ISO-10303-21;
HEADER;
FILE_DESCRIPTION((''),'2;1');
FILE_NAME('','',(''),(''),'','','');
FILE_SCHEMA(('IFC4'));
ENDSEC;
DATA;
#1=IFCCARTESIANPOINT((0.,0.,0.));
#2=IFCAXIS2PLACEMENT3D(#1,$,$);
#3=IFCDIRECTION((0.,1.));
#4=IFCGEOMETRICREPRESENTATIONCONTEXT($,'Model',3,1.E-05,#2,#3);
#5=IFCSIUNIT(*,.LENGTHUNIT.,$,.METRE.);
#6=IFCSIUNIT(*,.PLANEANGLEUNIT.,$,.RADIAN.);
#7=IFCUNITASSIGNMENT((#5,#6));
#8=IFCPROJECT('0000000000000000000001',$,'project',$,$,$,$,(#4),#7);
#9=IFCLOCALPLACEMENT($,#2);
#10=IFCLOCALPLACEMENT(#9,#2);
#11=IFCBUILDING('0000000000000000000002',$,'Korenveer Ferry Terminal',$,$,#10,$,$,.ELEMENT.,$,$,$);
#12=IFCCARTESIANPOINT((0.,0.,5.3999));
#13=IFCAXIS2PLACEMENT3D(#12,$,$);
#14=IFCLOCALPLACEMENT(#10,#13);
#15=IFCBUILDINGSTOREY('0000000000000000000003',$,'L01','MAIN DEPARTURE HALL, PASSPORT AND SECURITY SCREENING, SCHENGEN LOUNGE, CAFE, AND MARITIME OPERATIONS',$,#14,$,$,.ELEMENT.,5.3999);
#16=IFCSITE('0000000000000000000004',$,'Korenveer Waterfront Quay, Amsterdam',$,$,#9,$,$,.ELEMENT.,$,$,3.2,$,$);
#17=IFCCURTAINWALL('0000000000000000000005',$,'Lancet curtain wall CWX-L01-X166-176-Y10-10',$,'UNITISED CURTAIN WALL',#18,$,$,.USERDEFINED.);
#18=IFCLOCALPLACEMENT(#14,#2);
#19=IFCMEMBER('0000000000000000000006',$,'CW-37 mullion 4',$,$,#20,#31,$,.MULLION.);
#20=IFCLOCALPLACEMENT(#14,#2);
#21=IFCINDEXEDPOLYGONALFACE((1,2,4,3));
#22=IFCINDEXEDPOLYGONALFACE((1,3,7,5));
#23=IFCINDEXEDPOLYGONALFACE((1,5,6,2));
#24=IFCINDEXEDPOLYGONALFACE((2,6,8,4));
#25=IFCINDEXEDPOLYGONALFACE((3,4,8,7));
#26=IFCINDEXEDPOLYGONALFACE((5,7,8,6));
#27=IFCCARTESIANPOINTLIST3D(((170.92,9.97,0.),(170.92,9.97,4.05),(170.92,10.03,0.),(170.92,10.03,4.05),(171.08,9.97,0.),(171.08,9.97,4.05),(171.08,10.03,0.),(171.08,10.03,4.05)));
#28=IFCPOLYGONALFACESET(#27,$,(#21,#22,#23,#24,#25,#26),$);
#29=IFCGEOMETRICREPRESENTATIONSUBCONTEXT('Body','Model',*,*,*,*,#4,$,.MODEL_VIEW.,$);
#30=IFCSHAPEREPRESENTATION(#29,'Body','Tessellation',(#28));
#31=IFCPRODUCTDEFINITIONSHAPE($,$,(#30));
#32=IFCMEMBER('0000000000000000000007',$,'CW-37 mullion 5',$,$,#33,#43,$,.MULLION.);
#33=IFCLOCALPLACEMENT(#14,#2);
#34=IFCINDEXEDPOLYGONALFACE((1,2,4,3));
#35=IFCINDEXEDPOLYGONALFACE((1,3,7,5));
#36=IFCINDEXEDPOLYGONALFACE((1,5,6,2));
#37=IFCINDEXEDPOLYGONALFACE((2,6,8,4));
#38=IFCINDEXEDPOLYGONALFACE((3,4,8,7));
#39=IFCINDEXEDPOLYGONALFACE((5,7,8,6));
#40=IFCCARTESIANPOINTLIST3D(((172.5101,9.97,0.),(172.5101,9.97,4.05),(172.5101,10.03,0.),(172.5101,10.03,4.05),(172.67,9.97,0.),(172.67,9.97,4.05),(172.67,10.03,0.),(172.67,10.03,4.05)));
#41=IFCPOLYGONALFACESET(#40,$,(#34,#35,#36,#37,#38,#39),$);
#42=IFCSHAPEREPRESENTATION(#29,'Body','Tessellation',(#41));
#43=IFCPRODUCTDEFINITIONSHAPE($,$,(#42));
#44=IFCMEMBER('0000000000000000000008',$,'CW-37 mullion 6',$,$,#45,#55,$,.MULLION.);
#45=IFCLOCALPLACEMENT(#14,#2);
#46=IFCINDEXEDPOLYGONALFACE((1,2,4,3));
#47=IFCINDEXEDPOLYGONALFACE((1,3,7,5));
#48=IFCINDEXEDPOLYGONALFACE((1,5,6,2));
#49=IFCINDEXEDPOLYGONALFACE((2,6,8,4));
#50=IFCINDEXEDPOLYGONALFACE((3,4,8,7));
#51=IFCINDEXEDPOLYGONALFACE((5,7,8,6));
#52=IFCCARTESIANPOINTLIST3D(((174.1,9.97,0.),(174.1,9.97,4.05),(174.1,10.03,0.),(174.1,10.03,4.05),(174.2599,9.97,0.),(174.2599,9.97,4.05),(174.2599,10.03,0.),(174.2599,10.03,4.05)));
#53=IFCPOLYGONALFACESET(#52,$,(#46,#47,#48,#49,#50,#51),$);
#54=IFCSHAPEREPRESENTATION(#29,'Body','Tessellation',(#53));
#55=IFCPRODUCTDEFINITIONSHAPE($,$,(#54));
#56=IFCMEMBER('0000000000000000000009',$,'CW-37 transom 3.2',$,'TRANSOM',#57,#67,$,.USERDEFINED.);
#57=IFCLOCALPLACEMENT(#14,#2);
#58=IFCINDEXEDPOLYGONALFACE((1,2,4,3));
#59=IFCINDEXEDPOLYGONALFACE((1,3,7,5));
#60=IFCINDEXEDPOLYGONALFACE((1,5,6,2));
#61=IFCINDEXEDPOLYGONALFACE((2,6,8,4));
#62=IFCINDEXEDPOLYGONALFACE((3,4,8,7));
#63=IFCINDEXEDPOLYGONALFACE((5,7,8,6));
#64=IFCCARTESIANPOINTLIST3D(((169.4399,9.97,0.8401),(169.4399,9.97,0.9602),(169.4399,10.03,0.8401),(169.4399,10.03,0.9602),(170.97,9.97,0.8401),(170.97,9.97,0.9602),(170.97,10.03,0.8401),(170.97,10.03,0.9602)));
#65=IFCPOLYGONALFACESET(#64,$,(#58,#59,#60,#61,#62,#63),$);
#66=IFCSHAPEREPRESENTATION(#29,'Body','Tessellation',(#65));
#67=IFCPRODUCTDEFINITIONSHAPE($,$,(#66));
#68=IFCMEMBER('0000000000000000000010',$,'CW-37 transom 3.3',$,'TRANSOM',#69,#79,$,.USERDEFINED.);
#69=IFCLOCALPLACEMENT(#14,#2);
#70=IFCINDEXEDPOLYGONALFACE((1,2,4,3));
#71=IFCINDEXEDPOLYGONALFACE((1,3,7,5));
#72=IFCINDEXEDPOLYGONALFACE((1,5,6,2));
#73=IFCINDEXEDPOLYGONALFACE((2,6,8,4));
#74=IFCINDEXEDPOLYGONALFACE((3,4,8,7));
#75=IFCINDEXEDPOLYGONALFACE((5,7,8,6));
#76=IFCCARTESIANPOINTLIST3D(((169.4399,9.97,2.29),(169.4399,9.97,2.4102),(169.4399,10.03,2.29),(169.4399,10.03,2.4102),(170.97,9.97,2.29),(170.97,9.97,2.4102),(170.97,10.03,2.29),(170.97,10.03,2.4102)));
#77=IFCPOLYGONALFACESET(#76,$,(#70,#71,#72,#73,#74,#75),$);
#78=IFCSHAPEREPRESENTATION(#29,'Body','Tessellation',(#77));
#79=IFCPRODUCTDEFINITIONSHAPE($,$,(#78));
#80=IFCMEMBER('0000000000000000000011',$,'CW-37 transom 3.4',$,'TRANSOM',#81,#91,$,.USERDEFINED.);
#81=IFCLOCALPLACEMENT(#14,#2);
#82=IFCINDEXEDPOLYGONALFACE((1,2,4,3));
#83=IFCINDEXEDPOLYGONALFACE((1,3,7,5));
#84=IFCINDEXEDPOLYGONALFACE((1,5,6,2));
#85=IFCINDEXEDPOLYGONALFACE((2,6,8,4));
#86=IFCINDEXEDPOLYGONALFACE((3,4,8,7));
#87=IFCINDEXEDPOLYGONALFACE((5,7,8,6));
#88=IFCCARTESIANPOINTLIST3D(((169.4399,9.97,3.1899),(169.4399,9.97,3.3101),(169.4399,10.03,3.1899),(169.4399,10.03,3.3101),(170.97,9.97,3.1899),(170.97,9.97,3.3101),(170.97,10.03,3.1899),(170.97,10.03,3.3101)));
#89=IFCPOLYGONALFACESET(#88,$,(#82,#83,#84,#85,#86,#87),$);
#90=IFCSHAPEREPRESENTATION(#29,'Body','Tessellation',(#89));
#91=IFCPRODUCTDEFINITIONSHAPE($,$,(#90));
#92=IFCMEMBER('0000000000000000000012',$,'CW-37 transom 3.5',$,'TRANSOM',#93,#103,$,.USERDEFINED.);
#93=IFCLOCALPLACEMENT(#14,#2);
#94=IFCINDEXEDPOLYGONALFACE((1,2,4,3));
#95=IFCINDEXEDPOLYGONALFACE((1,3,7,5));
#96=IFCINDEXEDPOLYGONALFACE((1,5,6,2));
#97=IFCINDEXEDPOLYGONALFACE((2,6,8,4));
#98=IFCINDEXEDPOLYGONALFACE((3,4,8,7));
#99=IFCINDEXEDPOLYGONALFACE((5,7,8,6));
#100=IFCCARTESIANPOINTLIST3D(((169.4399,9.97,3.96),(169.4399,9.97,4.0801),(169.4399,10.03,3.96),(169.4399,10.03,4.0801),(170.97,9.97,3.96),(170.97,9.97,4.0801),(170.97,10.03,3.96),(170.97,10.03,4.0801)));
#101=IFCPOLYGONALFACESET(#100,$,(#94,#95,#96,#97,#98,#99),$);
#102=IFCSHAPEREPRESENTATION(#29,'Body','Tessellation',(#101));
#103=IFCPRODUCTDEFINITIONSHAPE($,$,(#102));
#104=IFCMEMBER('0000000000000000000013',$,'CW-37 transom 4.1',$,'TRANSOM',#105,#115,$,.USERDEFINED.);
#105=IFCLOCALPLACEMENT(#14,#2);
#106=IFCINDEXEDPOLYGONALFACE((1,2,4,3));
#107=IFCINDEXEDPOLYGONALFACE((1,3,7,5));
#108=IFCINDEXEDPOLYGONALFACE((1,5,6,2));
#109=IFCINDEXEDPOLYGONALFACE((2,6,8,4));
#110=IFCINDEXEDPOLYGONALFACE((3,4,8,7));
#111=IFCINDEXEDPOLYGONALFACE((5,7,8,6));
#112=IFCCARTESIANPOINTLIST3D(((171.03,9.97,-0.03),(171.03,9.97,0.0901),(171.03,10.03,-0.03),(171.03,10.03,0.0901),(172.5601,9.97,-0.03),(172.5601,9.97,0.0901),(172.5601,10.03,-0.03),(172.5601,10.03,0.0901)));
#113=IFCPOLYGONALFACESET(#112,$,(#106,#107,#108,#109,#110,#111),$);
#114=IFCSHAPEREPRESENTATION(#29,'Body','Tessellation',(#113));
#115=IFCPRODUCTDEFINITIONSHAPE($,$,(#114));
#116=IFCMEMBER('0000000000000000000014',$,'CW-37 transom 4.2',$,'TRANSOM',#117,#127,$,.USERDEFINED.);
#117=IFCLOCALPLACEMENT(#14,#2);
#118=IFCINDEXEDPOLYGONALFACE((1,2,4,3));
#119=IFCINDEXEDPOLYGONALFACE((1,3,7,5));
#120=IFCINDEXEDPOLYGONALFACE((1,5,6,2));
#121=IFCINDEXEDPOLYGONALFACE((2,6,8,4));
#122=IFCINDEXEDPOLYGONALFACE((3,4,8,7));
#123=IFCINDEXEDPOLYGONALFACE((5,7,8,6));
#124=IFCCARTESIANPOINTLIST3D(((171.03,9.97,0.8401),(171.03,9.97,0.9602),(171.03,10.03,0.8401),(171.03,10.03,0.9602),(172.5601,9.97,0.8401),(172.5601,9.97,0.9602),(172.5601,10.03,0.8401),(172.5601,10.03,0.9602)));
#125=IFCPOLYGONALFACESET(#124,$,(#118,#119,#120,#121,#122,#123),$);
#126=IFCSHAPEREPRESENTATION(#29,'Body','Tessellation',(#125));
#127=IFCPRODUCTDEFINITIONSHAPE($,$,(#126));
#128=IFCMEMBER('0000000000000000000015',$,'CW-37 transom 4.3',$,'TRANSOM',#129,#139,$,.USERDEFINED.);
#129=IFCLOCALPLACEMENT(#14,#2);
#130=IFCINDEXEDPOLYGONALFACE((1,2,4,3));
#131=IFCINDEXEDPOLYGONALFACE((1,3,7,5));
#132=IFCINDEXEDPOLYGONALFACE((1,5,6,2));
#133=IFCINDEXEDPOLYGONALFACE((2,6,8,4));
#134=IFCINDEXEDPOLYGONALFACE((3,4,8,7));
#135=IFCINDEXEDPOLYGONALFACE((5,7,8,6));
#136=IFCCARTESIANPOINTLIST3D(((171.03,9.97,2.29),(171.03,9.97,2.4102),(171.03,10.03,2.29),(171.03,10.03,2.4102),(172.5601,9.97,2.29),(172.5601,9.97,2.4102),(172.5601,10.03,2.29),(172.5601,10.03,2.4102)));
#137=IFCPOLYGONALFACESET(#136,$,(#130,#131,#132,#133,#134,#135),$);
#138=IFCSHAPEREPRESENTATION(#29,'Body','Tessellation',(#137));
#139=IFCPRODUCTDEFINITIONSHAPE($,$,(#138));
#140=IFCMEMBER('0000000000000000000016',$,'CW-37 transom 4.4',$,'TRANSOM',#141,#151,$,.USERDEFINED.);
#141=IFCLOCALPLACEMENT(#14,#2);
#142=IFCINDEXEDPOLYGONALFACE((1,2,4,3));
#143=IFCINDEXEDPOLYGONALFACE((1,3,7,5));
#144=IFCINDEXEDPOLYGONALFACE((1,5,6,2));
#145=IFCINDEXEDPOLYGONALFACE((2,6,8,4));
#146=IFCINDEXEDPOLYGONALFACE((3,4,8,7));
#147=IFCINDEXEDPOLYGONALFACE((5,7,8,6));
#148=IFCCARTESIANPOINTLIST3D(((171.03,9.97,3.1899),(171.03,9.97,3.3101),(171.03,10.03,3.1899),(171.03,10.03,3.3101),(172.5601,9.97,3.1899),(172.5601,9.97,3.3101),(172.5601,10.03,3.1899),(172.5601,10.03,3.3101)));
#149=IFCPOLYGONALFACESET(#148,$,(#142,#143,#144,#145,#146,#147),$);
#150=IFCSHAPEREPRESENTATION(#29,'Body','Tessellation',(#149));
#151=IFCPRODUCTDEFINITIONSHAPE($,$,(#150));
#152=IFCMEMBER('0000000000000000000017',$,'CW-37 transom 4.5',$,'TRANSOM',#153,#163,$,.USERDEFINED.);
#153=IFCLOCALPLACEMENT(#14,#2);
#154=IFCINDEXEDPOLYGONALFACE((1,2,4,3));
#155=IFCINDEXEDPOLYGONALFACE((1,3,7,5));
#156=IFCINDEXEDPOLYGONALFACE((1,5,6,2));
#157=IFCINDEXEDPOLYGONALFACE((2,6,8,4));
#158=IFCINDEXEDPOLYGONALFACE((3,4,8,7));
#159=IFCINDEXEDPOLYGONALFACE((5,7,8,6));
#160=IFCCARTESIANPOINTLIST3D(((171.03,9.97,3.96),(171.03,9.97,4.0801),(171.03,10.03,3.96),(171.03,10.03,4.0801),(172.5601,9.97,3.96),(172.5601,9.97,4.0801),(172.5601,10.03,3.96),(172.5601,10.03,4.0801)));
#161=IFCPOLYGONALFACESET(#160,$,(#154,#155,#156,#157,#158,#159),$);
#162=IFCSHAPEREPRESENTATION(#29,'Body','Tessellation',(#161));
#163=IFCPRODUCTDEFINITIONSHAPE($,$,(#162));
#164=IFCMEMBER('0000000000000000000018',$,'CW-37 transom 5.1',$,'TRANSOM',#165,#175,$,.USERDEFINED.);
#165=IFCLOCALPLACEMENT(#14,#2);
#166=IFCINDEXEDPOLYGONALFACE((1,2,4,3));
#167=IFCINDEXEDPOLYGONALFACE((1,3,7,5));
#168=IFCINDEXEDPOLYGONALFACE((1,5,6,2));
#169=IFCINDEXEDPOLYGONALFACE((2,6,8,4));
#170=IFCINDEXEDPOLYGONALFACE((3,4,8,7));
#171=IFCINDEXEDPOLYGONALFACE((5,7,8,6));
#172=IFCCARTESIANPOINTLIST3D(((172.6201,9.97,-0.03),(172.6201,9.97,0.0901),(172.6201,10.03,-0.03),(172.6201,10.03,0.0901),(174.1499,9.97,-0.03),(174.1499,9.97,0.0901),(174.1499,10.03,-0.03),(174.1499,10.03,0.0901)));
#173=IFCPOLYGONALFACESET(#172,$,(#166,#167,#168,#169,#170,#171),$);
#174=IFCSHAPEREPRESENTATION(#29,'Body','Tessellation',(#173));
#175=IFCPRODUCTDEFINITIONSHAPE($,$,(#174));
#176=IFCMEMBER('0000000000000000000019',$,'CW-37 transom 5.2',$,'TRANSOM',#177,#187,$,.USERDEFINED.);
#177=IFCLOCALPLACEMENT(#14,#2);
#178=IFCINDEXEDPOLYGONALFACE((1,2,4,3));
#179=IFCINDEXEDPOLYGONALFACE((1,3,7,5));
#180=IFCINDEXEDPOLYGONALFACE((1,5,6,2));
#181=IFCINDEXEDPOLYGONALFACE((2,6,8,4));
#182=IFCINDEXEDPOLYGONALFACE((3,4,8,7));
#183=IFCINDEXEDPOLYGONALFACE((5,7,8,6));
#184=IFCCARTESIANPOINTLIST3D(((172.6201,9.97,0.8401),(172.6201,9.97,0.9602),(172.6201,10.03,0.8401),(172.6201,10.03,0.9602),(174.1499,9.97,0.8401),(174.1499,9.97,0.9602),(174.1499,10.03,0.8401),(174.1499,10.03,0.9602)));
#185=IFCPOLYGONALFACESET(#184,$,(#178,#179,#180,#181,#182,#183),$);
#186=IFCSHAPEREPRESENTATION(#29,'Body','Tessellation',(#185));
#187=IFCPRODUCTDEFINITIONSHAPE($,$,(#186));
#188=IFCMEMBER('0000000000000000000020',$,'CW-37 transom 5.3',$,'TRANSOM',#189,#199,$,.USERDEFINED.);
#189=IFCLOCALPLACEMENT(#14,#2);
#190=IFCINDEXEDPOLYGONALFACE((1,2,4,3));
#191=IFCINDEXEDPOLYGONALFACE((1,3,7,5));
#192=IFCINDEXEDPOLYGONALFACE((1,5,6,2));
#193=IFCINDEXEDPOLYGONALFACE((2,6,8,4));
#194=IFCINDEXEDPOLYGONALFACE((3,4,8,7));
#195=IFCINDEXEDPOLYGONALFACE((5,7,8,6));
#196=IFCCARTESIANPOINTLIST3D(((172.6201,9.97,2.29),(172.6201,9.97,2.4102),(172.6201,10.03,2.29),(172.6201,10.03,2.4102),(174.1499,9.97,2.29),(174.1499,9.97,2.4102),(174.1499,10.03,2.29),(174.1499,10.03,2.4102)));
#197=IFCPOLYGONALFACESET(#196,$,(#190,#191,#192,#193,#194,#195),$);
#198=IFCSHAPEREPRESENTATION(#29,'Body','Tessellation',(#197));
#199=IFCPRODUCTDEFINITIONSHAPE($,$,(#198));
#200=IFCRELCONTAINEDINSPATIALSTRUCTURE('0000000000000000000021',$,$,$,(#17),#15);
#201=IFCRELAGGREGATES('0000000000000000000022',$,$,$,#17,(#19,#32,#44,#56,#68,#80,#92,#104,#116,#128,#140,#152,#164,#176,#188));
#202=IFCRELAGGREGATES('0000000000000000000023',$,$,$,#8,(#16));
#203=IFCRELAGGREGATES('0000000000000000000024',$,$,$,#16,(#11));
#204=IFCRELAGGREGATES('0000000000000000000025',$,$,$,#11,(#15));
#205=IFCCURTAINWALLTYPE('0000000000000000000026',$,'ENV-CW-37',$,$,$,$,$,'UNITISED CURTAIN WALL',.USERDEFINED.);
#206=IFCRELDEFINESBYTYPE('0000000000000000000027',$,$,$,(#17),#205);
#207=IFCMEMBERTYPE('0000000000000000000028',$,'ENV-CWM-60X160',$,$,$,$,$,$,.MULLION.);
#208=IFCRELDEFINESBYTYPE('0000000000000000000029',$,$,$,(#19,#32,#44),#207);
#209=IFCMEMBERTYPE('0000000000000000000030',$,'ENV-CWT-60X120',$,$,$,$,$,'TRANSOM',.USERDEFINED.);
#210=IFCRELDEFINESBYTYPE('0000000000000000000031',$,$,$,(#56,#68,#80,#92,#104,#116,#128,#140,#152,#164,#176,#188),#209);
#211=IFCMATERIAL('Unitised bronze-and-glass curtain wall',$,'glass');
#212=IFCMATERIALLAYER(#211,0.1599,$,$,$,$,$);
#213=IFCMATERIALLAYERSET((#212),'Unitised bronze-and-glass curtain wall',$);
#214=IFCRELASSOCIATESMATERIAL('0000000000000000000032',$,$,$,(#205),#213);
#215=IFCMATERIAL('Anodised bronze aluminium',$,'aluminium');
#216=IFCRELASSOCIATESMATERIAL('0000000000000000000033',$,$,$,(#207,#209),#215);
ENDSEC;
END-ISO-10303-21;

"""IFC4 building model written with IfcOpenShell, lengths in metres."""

from ifc_helpers import new_model, si_unit, direction, frame, origin, origin_2d, place, context, subcontext, project, spatial, rectangle, extrude, material, layer, layer_set, material_profile, profile_set, type_object, element, aggregate, save


model = new_model("IFC4")

# Units and contexts
model_context = context("Model", 3, precision=1e-05, world=origin(), true_north=direction((0.0, 1.0)))
body_context = subcontext(model_context, "Body", "Model", "MODEL_VIEW")
ifc_project = project(units=[si_unit("LENGTHUNIT", "METRE"), si_unit("PLANEANGLEUNIT", "RADIAN")], contexts=[model_context])

# Site, building, storey
site_placement = place(None, origin())
site = spatial("IfcSite", under=ifc_project, at=site_placement, Name="Korenveer Waterfront Quay, Amsterdam", CompositionType="ELEMENT", RefElevation=3.2)
building_placement = place(site_placement, origin())
building = spatial("IfcBuilding", under=site, at=building_placement, Name="Korenveer Ferry Terminal", CompositionType="ELEMENT")
storey_placement = place(building_placement, frame((0.0, 0.0, 5.3999)))
storey = spatial("IfcBuildingStorey", under=building, at=storey_placement, Name="L01", Description="MAIN DEPARTURE HALL, PASSPORT AND SECURITY SCREENING, SCHENGEN LOUNGE, CAFE, AND MARITIME OPERATIONS", CompositionType="ELEMENT", Elevation=5.3999)

# Curtain wall, members
ifc_material_1 = material(Name="Unitised bronze-and-glass curtain wall", Category="glass")
ifc_layer_1 = layer(ifc_material_1, 0.1599)
ifc_layer_set_1 = layer_set([ifc_layer_1], Name="Unitised bronze-and-glass curtain wall")
curtain_wall_type = type_object("IfcCurtainWallType", Name="ENV-CW-37", ElementType="UNITISED CURTAIN WALL", PredefinedType="USERDEFINED", material=ifc_layer_set_1)
curtain_wall_placement = place(storey_placement, frame((166.23, 10.0, 0.0)))
curtain_wall = element("IfcCurtainWall", 1, at=curtain_wall_placement, inside=storey, type_object=curtain_wall_type, Name="Lancet curtain wall CWX-L01-X166-176-Y10-10", ObjectType="UNITISED CURTAIN WALL", PredefinedType="USERDEFINED")
ifc_material_2 = material(Name="Anodised bronze aluminium", Category="aluminium")
ifc_material_profile_1 = material_profile(ifc_material_2, rectangle(XDim=0.0601, YDim=0.1599, at=origin_2d()), Name="ALU 60x160")
ifc_profile_set_1 = profile_set([ifc_material_profile_1], Name="Anodised bronze aluminium")
member_type_1 = type_object("IfcMemberType", Name="ENV-CWM-60X160", PredefinedType="MULLION", material=ifc_profile_set_1)
member_1_placement = place(storey_placement, frame((171.0, 10.0, 0.0), z_axis=(0.0, 0.0, 1.0), x_axis=(0.0, 1.0, 0.0)))
member_1 = element("IfcMember", 2, at=member_1_placement, type_object=member_type_1, Name="CW-37 mullion 4", PredefinedType="MULLION", context=body_context, shape_type="SweptSolid", body=[
    extrude(rectangle(XDim=0.0601, YDim=0.1599, at=origin_2d()), origin(), (0.0, 0.0, 1.0), 4.05),
])
member_2_placement = place(storey_placement, frame((172.5901, 10.0, 0.0), z_axis=(0.0, 0.0, 1.0), x_axis=(0.0, 1.0, 0.0)))
member_2 = element("IfcMember", 3, at=member_2_placement, type_object=member_type_1, Name="CW-37 mullion 5", PredefinedType="MULLION", context=body_context, shape_type="SweptSolid", body=[
    extrude(rectangle(XDim=0.0601, YDim=0.1599, at=origin_2d()), origin(), (0.0, 0.0, 1.0), 4.05),
])
member_3_placement = place(storey_placement, frame((174.1799, 10.0, 0.0), z_axis=(0.0, 0.0, 1.0), x_axis=(0.0, 1.0, 0.0)))
member_3 = element("IfcMember", 4, at=member_3_placement, type_object=member_type_1, Name="CW-37 mullion 6", PredefinedType="MULLION", context=body_context, shape_type="SweptSolid", body=[
    extrude(rectangle(XDim=0.0601, YDim=0.1599, at=origin_2d()), origin(), (0.0, 0.0, 1.0), 4.05),
])
ifc_material_profile_2 = material_profile(ifc_material_2, rectangle(XDim=0.0601, YDim=0.1201, at=origin_2d()), Name="ALU 60x120")
ifc_profile_set_2 = profile_set([ifc_material_profile_2], Name="Anodised bronze aluminium")
member_type_2 = type_object("IfcMemberType", Name="ENV-CWT-60X120", ElementType="TRANSOM", PredefinedType="USERDEFINED", material=ifc_profile_set_2)
member_4_placement = place(storey_placement, frame((169.4399, 10.0, 0.9001), z_axis=(1.0, 0.0, 0.0), x_axis=(0.0, 1.0, 0.0)))
member_4 = element("IfcMember", 5, at=member_4_placement, type_object=member_type_2, Name="CW-37 transom 3.2", ObjectType="TRANSOM", PredefinedType="USERDEFINED", context=body_context, shape_type="SweptSolid", body=[
    extrude(rectangle(XDim=0.0601, YDim=0.1201, at=origin_2d()), origin(), (0.0, 0.0, 1.0), 1.53),
])
member_5_placement = place(storey_placement, frame((169.4399, 10.0, 2.3501), z_axis=(1.0, 0.0, 0.0), x_axis=(0.0, 1.0, 0.0)))
member_5 = element("IfcMember", 6, at=member_5_placement, type_object=member_type_2, Name="CW-37 transom 3.3", ObjectType="TRANSOM", PredefinedType="USERDEFINED", context=body_context, shape_type="SweptSolid", body=[
    extrude(rectangle(XDim=0.0601, YDim=0.1201, at=origin_2d()), origin(), (0.0, 0.0, 1.0), 1.53),
])
member_6_placement = place(storey_placement, frame((169.4399, 10.0, 3.25), z_axis=(1.0, 0.0, 0.0), x_axis=(0.0, 1.0, 0.0)))
member_6 = element("IfcMember", 7, at=member_6_placement, type_object=member_type_2, Name="CW-37 transom 3.4", ObjectType="TRANSOM", PredefinedType="USERDEFINED", context=body_context, shape_type="SweptSolid", body=[
    extrude(rectangle(XDim=0.0601, YDim=0.1201, at=origin_2d()), origin(), (0.0, 0.0, 1.0), 1.53),
])
member_7_placement = place(storey_placement, frame((169.4399, 10.0, 4.02), z_axis=(1.0, 0.0, 0.0), x_axis=(0.0, 1.0, 0.0)))
member_7 = element("IfcMember", 8, at=member_7_placement, type_object=member_type_2, Name="CW-37 transom 3.5", ObjectType="TRANSOM", PredefinedType="USERDEFINED", context=body_context, shape_type="SweptSolid", body=[
    extrude(rectangle(XDim=0.0601, YDim=0.1201, at=origin_2d()), origin(), (0.0, 0.0, 1.0), 1.53),
])
member_8_placement = place(storey_placement, frame((171.03, 10.0, 0.03), z_axis=(1.0, 0.0, 0.0), x_axis=(0.0, 1.0, 0.0)))
member_8 = element("IfcMember", 9, at=member_8_placement, type_object=member_type_2, Name="CW-37 transom 4.1", ObjectType="TRANSOM", PredefinedType="USERDEFINED", context=body_context, shape_type="SweptSolid", body=[
    extrude(rectangle(XDim=0.0601, YDim=0.1201, at=origin_2d()), origin(), (0.0, 0.0, 1.0), 1.53),
])
member_9_placement = place(storey_placement, frame((171.03, 10.0, 0.9001), z_axis=(1.0, 0.0, 0.0), x_axis=(0.0, 1.0, 0.0)))
member_9 = element("IfcMember", 10, at=member_9_placement, type_object=member_type_2, Name="CW-37 transom 4.2", ObjectType="TRANSOM", PredefinedType="USERDEFINED", context=body_context, shape_type="SweptSolid", body=[
    extrude(rectangle(XDim=0.0601, YDim=0.1201, at=origin_2d()), origin(), (0.0, 0.0, 1.0), 1.53),
])
member_10_placement = place(storey_placement, frame((171.03, 10.0, 2.3501), z_axis=(1.0, 0.0, 0.0), x_axis=(0.0, 1.0, 0.0)))
member_10 = element("IfcMember", 11, at=member_10_placement, type_object=member_type_2, Name="CW-37 transom 4.3", ObjectType="TRANSOM", PredefinedType="USERDEFINED", context=body_context, shape_type="SweptSolid", body=[
    extrude(rectangle(XDim=0.0601, YDim=0.1201, at=origin_2d()), origin(), (0.0, 0.0, 1.0), 1.53),
])
member_11_placement = place(storey_placement, frame((171.03, 10.0, 3.25), z_axis=(1.0, 0.0, 0.0), x_axis=(0.0, 1.0, 0.0)))
member_11 = element("IfcMember", 12, at=member_11_placement, type_object=member_type_2, Name="CW-37 transom 4.4", ObjectType="TRANSOM", PredefinedType="USERDEFINED", context=body_context, shape_type="SweptSolid", body=[
    extrude(rectangle(XDim=0.0601, YDim=0.1201, at=origin_2d()), origin(), (0.0, 0.0, 1.0), 1.53),
])
member_12_placement = place(storey_placement, frame((171.03, 10.0, 4.02), z_axis=(1.0, 0.0, 0.0), x_axis=(0.0, 1.0, 0.0)))
member_12 = element("IfcMember", 13, at=member_12_placement, type_object=member_type_2, Name="CW-37 transom 4.5", ObjectType="TRANSOM", PredefinedType="USERDEFINED", context=body_context, shape_type="SweptSolid", body=[
    extrude(rectangle(XDim=0.0601, YDim=0.1201, at=origin_2d()), origin(), (0.0, 0.0, 1.0), 1.53),
])
member_13_placement = place(storey_placement, frame((172.6201, 10.0, 0.03), z_axis=(1.0, 0.0, 0.0), x_axis=(0.0, 1.0, 0.0)))
member_13 = element("IfcMember", 14, at=member_13_placement, type_object=member_type_2, Name="CW-37 transom 5.1", ObjectType="TRANSOM", PredefinedType="USERDEFINED", context=body_context, shape_type="SweptSolid", body=[
    extrude(rectangle(XDim=0.0601, YDim=0.1201, at=origin_2d()), origin(), (0.0, 0.0, 1.0), 1.5298),
])
member_14_placement = place(storey_placement, frame((172.6201, 10.0, 0.9001), z_axis=(1.0, 0.0, 0.0), x_axis=(0.0, 1.0, 0.0)))
member_14 = element("IfcMember", 15, at=member_14_placement, type_object=member_type_2, Name="CW-37 transom 5.2", ObjectType="TRANSOM", PredefinedType="USERDEFINED", context=body_context, shape_type="SweptSolid", body=[
    extrude(rectangle(XDim=0.0601, YDim=0.1201, at=origin_2d()), origin(), (0.0, 0.0, 1.0), 1.5298),
])
member_15_placement = place(storey_placement, frame((172.6201, 10.0, 2.3501), z_axis=(1.0, 0.0, 0.0), x_axis=(0.0, 1.0, 0.0)))
member_15 = element("IfcMember", 16, at=member_15_placement, type_object=member_type_2, Name="CW-37 transom 5.3", ObjectType="TRANSOM", PredefinedType="USERDEFINED", context=body_context, shape_type="SweptSolid", body=[
    extrude(rectangle(XDim=0.0601, YDim=0.1201, at=origin_2d()), origin(), (0.0, 0.0, 1.0), 1.5298),
])
aggregate(curtain_wall, [member_1, member_2, member_3, member_4, member_5, member_6, member_7, member_8, member_9, member_10, member_11, member_12, member_13, member_14, member_15])

save(model, "model.ifc")
